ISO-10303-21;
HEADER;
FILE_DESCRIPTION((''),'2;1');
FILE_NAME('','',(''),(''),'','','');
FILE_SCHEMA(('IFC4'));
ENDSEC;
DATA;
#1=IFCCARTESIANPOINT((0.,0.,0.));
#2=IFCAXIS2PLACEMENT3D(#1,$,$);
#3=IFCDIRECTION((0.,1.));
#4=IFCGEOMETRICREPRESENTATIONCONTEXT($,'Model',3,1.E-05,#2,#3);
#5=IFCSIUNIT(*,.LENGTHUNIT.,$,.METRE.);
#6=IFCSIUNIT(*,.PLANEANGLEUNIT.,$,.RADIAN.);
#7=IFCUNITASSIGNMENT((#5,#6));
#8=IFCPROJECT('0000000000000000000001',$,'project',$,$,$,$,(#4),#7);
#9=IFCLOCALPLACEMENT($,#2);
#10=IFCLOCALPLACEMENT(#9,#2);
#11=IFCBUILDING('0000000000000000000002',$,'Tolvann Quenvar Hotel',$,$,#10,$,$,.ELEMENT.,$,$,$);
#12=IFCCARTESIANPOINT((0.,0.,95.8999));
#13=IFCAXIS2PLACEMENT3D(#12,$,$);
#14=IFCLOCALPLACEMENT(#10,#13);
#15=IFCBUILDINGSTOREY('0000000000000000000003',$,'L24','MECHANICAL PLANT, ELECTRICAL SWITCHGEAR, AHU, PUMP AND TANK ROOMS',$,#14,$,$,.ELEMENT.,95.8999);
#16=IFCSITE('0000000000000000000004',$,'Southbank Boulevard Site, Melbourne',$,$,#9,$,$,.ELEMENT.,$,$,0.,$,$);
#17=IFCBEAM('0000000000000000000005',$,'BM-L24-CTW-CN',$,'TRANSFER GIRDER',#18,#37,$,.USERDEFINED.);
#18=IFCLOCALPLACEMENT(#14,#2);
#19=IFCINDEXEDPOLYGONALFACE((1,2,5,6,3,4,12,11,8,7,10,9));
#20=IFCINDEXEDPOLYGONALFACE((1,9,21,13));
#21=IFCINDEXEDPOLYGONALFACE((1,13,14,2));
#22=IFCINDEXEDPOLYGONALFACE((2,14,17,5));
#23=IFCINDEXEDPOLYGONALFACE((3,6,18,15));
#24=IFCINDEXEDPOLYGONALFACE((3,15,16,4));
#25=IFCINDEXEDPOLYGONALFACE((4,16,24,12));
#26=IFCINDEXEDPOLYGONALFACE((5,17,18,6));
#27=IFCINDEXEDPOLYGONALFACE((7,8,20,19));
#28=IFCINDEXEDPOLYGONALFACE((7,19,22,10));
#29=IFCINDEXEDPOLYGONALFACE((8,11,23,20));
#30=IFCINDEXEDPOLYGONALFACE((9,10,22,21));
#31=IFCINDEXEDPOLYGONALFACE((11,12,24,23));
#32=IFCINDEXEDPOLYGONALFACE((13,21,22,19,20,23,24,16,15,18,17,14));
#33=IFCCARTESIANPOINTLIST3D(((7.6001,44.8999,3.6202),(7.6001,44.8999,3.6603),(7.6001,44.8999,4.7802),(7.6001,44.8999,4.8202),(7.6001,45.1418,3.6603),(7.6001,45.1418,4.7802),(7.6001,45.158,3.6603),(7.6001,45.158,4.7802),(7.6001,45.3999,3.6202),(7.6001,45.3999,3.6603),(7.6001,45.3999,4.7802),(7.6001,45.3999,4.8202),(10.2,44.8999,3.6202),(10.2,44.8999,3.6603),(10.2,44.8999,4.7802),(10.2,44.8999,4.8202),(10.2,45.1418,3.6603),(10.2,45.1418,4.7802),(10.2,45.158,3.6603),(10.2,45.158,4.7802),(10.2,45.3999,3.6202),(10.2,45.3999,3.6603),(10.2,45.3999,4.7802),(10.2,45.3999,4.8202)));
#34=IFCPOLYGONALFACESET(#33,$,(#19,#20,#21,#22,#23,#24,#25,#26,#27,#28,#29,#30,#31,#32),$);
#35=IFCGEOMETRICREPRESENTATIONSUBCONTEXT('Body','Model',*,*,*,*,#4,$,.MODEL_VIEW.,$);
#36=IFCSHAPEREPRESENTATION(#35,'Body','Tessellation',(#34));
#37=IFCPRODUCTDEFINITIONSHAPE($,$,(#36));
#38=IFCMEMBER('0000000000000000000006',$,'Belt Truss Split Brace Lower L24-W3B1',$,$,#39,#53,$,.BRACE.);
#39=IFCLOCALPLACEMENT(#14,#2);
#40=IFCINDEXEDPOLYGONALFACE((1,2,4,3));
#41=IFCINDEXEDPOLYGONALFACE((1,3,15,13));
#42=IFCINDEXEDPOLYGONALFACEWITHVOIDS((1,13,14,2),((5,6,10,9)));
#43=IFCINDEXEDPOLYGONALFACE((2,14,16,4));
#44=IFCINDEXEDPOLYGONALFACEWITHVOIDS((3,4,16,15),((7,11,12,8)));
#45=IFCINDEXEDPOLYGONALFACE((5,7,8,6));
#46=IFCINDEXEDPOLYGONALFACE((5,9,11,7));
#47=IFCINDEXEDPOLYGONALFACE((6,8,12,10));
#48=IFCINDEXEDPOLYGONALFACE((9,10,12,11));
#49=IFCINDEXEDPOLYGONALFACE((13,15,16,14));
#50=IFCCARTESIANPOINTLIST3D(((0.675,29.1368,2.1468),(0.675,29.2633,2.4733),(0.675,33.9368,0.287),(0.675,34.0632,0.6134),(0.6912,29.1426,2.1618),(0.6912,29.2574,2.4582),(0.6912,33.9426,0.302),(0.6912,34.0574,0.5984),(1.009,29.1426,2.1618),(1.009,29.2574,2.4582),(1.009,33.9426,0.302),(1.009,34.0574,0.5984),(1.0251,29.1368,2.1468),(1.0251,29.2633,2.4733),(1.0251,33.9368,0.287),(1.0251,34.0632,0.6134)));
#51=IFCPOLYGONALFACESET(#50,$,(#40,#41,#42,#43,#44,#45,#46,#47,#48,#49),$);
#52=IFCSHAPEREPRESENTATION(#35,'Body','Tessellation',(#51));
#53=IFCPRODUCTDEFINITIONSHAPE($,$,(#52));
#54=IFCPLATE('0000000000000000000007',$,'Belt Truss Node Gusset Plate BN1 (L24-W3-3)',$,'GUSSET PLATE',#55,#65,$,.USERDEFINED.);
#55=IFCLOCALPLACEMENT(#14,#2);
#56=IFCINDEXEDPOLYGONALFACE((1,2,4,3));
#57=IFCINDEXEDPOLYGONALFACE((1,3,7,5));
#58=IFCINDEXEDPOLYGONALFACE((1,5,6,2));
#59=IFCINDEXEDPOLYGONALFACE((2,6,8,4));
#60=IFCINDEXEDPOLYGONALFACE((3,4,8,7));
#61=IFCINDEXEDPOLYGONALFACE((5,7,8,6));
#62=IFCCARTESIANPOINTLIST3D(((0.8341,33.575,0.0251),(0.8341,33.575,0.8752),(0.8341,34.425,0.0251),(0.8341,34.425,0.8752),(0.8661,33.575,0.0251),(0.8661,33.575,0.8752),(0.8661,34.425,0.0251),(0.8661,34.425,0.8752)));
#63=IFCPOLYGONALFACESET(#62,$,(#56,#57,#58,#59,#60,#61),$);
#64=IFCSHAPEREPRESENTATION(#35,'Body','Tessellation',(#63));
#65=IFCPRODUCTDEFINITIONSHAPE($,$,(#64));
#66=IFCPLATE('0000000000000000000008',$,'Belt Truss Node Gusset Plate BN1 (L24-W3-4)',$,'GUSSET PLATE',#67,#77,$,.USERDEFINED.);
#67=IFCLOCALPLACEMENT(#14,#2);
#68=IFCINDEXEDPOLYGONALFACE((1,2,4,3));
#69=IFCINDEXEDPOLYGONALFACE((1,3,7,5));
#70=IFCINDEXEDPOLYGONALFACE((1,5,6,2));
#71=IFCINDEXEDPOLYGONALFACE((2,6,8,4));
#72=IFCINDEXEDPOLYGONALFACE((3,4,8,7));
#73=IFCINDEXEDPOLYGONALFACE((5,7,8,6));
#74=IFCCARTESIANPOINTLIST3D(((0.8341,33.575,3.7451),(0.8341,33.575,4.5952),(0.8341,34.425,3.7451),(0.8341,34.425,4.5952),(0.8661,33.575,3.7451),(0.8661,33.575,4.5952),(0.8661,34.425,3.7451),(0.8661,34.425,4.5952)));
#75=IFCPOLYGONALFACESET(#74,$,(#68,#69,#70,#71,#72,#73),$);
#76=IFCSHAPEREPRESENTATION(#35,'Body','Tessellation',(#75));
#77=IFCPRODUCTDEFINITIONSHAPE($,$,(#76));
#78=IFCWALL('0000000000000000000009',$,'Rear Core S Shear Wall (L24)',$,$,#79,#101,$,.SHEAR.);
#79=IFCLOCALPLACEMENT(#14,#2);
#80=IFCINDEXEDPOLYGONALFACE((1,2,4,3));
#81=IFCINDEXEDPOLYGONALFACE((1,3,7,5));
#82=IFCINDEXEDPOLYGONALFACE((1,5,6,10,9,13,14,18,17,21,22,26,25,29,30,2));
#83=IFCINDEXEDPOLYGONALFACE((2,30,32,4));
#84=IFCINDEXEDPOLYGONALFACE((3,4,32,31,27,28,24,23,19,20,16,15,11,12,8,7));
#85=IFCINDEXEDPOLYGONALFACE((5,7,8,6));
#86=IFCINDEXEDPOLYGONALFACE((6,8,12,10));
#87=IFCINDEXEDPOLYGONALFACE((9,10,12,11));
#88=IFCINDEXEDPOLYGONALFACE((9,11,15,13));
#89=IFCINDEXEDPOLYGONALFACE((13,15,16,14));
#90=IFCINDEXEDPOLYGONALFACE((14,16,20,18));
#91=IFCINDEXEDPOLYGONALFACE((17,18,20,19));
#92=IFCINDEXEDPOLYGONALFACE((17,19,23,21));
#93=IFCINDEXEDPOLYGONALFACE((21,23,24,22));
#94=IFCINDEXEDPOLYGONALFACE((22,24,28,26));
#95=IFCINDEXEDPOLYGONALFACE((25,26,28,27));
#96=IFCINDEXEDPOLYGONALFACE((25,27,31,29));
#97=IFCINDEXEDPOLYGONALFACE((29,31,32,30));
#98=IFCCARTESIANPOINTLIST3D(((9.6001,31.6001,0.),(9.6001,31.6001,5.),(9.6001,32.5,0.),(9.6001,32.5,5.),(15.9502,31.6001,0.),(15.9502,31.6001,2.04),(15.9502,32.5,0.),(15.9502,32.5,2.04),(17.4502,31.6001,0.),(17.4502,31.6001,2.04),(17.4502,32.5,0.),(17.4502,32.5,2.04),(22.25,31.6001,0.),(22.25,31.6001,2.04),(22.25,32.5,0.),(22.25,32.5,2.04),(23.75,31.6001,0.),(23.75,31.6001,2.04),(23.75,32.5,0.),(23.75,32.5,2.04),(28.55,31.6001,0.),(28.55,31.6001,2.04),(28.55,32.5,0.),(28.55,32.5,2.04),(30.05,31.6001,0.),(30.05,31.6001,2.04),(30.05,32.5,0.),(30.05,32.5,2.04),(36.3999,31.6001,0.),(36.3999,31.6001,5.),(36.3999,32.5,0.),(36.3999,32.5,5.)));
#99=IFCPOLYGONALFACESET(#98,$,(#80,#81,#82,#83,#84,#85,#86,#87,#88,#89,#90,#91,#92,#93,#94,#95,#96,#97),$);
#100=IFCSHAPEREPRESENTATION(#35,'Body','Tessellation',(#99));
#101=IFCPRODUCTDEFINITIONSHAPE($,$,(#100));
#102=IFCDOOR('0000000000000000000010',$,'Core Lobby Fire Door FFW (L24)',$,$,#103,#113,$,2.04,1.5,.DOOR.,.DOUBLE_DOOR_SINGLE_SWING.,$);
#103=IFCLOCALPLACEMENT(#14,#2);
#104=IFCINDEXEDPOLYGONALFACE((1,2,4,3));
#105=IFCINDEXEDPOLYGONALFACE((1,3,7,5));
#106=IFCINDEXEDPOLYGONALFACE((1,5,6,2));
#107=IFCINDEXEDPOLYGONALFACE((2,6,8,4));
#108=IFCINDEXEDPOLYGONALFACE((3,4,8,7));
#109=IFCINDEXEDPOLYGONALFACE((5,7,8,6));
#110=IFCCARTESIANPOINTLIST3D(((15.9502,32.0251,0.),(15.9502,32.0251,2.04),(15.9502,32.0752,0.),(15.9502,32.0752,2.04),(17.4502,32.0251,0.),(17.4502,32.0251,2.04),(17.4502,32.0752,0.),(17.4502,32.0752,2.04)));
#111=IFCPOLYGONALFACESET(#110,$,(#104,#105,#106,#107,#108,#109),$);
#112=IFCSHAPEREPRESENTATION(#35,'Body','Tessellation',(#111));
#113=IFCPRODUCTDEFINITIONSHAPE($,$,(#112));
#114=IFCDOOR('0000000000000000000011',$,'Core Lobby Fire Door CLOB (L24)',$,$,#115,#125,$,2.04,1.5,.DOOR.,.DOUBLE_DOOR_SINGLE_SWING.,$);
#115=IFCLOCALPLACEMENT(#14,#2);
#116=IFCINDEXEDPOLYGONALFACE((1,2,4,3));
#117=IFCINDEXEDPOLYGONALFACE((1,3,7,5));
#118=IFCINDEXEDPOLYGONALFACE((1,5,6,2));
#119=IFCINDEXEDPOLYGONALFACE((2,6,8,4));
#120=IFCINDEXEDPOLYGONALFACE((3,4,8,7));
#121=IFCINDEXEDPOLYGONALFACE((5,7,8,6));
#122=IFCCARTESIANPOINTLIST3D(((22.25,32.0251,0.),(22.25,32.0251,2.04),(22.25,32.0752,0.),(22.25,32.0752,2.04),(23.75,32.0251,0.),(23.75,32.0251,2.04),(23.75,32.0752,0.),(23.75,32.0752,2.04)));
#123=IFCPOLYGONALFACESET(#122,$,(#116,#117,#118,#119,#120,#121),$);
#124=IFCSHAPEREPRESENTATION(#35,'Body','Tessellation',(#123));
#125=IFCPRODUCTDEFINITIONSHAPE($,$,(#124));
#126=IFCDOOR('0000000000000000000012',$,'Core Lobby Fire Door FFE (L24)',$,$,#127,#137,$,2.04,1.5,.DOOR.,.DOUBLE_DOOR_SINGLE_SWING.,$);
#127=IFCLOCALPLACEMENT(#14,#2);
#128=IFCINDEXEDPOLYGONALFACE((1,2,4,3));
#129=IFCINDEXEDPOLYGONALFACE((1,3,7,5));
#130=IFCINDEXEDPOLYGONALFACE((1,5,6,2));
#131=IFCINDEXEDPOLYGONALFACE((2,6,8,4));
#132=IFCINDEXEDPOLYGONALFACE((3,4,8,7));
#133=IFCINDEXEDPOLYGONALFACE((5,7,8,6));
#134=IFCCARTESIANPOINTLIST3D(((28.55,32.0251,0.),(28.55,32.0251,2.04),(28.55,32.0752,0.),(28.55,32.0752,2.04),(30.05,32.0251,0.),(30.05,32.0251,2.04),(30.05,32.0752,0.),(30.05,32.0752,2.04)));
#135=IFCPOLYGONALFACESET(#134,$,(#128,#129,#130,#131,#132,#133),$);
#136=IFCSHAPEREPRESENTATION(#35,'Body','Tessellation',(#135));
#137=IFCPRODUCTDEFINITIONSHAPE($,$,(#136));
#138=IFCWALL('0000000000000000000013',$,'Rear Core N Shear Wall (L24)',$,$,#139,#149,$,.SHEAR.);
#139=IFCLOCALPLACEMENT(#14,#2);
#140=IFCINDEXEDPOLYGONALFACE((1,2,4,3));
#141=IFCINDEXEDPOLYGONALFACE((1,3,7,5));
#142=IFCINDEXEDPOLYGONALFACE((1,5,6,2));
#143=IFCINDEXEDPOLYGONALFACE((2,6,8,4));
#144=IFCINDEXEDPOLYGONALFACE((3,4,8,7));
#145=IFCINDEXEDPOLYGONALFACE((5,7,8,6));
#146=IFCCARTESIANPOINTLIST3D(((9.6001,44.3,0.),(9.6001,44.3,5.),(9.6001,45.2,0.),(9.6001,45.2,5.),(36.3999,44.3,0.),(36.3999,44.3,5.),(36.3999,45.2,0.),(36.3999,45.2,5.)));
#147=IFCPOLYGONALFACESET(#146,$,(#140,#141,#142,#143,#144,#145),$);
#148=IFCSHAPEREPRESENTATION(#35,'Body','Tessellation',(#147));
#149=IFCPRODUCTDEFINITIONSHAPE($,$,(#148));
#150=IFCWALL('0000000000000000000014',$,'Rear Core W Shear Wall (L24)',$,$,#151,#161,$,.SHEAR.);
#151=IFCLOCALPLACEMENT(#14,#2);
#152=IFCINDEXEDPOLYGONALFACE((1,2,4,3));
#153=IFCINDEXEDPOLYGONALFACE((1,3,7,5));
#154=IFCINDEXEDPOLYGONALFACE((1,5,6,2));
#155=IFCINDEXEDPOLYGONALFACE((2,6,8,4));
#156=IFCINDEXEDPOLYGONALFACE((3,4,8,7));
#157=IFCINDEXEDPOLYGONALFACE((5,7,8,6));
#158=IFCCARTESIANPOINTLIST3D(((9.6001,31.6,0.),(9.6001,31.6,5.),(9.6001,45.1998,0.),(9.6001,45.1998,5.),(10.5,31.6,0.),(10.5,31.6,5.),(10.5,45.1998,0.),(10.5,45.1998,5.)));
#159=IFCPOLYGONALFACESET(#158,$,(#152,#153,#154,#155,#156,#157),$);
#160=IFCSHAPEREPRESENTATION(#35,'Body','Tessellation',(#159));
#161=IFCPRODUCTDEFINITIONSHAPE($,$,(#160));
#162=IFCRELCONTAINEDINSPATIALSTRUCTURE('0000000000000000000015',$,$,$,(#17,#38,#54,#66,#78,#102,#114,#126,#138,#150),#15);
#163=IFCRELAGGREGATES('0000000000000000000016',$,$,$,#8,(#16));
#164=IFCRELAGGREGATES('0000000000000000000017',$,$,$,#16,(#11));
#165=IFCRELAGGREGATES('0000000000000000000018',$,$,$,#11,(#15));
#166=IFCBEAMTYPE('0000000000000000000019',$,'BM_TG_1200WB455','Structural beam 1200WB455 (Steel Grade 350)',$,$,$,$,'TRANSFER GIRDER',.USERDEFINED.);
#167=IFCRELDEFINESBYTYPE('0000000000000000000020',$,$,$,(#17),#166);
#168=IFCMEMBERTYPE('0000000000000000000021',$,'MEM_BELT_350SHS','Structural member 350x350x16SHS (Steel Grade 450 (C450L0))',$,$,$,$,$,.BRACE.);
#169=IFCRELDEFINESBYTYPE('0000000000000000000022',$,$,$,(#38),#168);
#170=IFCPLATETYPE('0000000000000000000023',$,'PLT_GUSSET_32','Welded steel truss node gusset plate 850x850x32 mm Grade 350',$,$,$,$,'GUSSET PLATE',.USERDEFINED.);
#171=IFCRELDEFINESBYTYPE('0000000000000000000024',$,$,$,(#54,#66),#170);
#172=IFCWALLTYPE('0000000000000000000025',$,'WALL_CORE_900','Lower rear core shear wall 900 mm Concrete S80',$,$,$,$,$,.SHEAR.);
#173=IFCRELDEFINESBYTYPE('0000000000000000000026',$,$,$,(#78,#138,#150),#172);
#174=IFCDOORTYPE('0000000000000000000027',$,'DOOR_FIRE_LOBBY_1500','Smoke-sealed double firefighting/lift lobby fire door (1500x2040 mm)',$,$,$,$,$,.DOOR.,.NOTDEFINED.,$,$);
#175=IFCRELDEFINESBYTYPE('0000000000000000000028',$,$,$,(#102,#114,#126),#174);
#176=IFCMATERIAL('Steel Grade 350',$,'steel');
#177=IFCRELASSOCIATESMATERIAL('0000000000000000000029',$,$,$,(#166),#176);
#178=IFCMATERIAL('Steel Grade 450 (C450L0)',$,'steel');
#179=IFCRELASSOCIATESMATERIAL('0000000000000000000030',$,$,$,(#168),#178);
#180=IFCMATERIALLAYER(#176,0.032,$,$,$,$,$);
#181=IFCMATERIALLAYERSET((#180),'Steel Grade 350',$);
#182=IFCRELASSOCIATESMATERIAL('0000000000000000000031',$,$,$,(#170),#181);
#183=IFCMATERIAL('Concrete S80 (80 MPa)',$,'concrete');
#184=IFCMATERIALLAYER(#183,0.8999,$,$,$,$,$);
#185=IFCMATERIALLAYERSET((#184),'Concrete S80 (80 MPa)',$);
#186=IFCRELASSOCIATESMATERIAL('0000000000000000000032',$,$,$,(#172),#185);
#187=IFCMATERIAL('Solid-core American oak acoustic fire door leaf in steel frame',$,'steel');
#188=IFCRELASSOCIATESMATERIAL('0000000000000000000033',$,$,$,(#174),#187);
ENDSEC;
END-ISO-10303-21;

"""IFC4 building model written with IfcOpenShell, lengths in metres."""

from ifc_helpers import new_model, si_unit, direction, frame, frame_2d, origin, origin_2d, place, context, subcontext, project, spatial, rectangle, hollow_rectangle, i_section, extrude, source, transform, mapped, material, layer, layer_set, material_profile, profile_set, type_object, type_shapes, element, fill, save


model = new_model("IFC4")

# Units and contexts
model_context = context("Model", 3, precision=1e-05, world=origin(), true_north=direction((0.0, 1.0)))
body_context = subcontext(model_context, "Body", "Model", "MODEL_VIEW")
ifc_project = project(units=[si_unit("LENGTHUNIT", "METRE"), si_unit("PLANEANGLEUNIT", "RADIAN")], contexts=[model_context])

# Site, building, storey
site_placement = place(None, origin())
site = spatial("IfcSite", under=ifc_project, at=site_placement, Name="Southbank Boulevard Site, Melbourne", CompositionType="ELEMENT", RefElevation=0.0)
building_placement = place(site_placement, origin())
building = spatial("IfcBuilding", under=site, at=building_placement, Name="Tolvann Quenvar Hotel", CompositionType="ELEMENT")
storey_placement = place(building_placement, frame((0.0, 0.0, 95.8999)))
storey = spatial("IfcBuildingStorey", under=building, at=storey_placement, Name="L24", Description="MECHANICAL PLANT, ELECTRICAL SWITCHGEAR, AHU, PUMP AND TANK ROOMS", CompositionType="ELEMENT", Elevation=95.8999)

# Beam
ifc_material_1 = material(Name="Steel Grade 350", Category="steel")
ifc_material_profile_1 = material_profile(ifc_material_1, i_section(OverallWidth=0.5, OverallDepth=1.2, WebThickness=0.0161, FlangeThickness=0.04, at=origin_2d()), Name="1200WB455")
ifc_profile_set_1 = profile_set([ifc_material_profile_1], Name="Steel Grade 350")
beam_type_1 = type_object("IfcBeamType", Name="BM_TG_1200WB455", Description="Structural beam 1200WB455 (Steel Grade 350)", ElementType="TRANSFER GIRDER", PredefinedType="USERDEFINED", material=ifc_profile_set_1)
shared_shape_1 = source(origin(), body_context, "Body", "SweptSolid", [
    extrude(i_section(OverallWidth=0.5, OverallDepth=1.2, WebThickness=0.0161, FlangeThickness=0.04, at=origin_2d()), origin(), (0.0, 0.0, 1.0), 2.5999),
])
beam_1_placement = place(storey_placement, frame((7.6001, 45.1499, 4.2202), z_axis=(1.0, 0.0, 0.0), x_axis=(0.0, 1.0, 0.0)))
element("IfcBeam", 1, at=beam_1_placement, inside=storey, type_object=beam_type_1, Name="BM-L24-CTW-CN", ObjectType="TRANSFER GIRDER", PredefinedType="USERDEFINED", context=body_context, shape_type="MappedRepresentation", body=[
    mapped(shared_shape_1, transform((0.0, 0.0, 0.0), x_axis=(1.0, 0.0, 0.0), y_axis=(0.0, 1.0, 0.0), z_axis=(0.0, 0.0, 1.0), scale=1.0)),
])

# Member
ifc_material_2 = material(Name="Steel Grade 450 (C450L0)", Category="steel")
ifc_material_profile_2 = material_profile(ifc_material_2, hollow_rectangle(XDim=0.3501, YDim=0.3501, WallThickness=0.0161, at=origin_2d()), Name="350x350x16SHS")
ifc_profile_set_2 = profile_set([ifc_material_profile_2], Name="Steel Grade 450 (C450L0)")
member_type = type_object("IfcMemberType", Name="MEM_BELT_350SHS", Description="Structural member 350x350x16SHS (Steel Grade 450 (C450L0))", PredefinedType="BRACE", material=ifc_profile_set_2)
shared_shape_2 = source(origin(), body_context, "Body", "SweptSolid", [
    extrude(hollow_rectangle(XDim=0.3501, YDim=0.3501, WallThickness=0.0161, at=origin_2d()), origin(), (0.0, 0.0, 1.0), 5.1477),
])
type_shapes(member_type, [shared_shape_2])
member_placement = place(storey_placement, frame((0.8501, 34.0, 0.4502), z_axis=(0.0, -0.932452, 0.361295), x_axis=(1.0, 0.0, 0.0)))
element("IfcMember", 2, at=member_placement, inside=storey, type_object=member_type, Name="Belt Truss Split Brace Lower L24-W3B1", PredefinedType="BRACE", context=body_context, shape_type="MappedRepresentation", body=[
    mapped(shared_shape_2, transform((0.0, 0.0, 0.0), x_axis=(1.0, 0.0, 0.0), y_axis=(0.0, 1.0, 0.0), z_axis=(0.0, 0.0, 1.0), scale=1.0)),
])

# Plates
ifc_layer_1 = layer(ifc_material_1, 0.032)
ifc_layer_set_1 = layer_set([ifc_layer_1], Name="Steel Grade 350")
plate_type = type_object("IfcPlateType", Name="PLT_GUSSET_32", Description="Welded steel truss node gusset plate 850x850x32 mm Grade 350", ElementType="GUSSET PLATE", PredefinedType="USERDEFINED", material=ifc_layer_set_1)
shared_shape_3 = source(origin(), body_context, "Body", "SweptSolid", [
    extrude(rectangle(XDim=0.032, YDim=0.8501, at=origin_2d()), origin(), (0.0, 0.0, 1.0), 0.8501),
])
type_shapes(plate_type, [shared_shape_3])
for number, where, z_axis, x_axis, name in (
    (3, (0.8501, 34.0, 0.0251), (0.0, 0.0, 1.0), (1.0, 0.0, 0.0), "Belt Truss Node Gusset Plate BN1 (L24-W3-3)"),
    (4, (0.8501, 34.0, 3.7451), (0.0, 0.0, 1.0), (1.0, 0.0, 0.0), "Belt Truss Node Gusset Plate BN1 (L24-W3-4)"),
):
    element("IfcPlate", number, at=place(storey_placement, frame(where, z_axis=z_axis, x_axis=x_axis)), inside=storey, type_object=plate_type, Name=name, ObjectType="GUSSET PLATE", PredefinedType="USERDEFINED", context=body_context, shape_type="MappedRepresentation", body=[
        mapped(shared_shape_3, transform((0.0, 0.0, 0.0), x_axis=(1.0, 0.0, 0.0), y_axis=(0.0, 1.0, 0.0), z_axis=(0.0, 0.0, 1.0), scale=1.0)),
    ])

# Wall, openings, doors
ifc_material_3 = material(Name="Concrete S80 (80 MPa)", Category="concrete")
ifc_layer_2 = layer(ifc_material_3, 0.8999)
ifc_layer_set_2 = layer_set([ifc_layer_2], Name="Concrete S80 (80 MPa)")
wall_type_1 = type_object("IfcWallType", Name="WALL_CORE_900", Description="Lower rear core shear wall 900 mm Concrete S80", PredefinedType="SHEAR", material=ifc_layer_set_2)
wall_1_placement = place(storey_placement, frame((9.6001, 32.05, 0.0), z_axis=(0.0, 0.0, 1.0), x_axis=(1.0, 0.0, 0.0)))
wall_1 = element("IfcWall", 5, at=wall_1_placement, inside=storey, type_object=wall_type_1, Name="Rear Core S Shear Wall (L24)", PredefinedType="SHEAR", context=body_context, shape_type="SweptSolid", body=[
    extrude(rectangle(XDim=26.7998, YDim=0.8999, at=frame_2d((13.3999, 0.0))), origin(), (0.0, 0.0, 1.0), 5.0),
])
opening_1_placement = place(wall_1_placement, frame((7.8501, 0.0, 0.0), z_axis=(0.0, 0.0, 1.0), x_axis=(-1.0, 0.0, 0.0)))
opening_1 = element("IfcOpeningElement", 6, at=opening_1_placement, cuts=wall_1, PredefinedType="OPENING", context=body_context, shape_type="SweptSolid", body=[
    extrude(rectangle(XDim=1.5, YDim=2.04, at=frame_2d((0.75, 1.02))), frame((0.0, 0.46, 0.0), z_axis=(0.0, -1.0, 0.0), x_axis=(1.0, 0.0, 0.0)), (0.0, 0.0, 1.0), 0.9199),
])
opening_2_placement = place(wall_1_placement, frame((14.1499, 0.0, 0.0), z_axis=(0.0, 0.0, 1.0), x_axis=(-1.0, 0.0, 0.0)))
opening_2 = element("IfcOpeningElement", 7, at=opening_2_placement, cuts=wall_1, PredefinedType="OPENING", context=body_context, shape_type="SweptSolid", body=[
    extrude(rectangle(XDim=1.5, YDim=2.04, at=frame_2d((0.75, 1.02))), frame((0.0, 0.46, 0.0), z_axis=(0.0, -1.0, 0.0), x_axis=(1.0, 0.0, 0.0)), (0.0, 0.0, 1.0), 0.9199),
])
opening_3_placement = place(wall_1_placement, frame((20.45, 0.0, 0.0), z_axis=(0.0, 0.0, 1.0), x_axis=(-1.0, 0.0, 0.0)))
opening_3 = element("IfcOpeningElement", 8, at=opening_3_placement, cuts=wall_1, PredefinedType="OPENING", context=body_context, shape_type="SweptSolid", body=[
    extrude(rectangle(XDim=1.5, YDim=2.04, at=frame_2d((0.75, 1.02))), frame((0.0, 0.46, 0.0), z_axis=(0.0, -1.0, 0.0), x_axis=(1.0, 0.0, 0.0)), (0.0, 0.0, 1.0), 0.9199),
])
ifc_material_4 = material(Name="Solid-core American oak acoustic fire door leaf in steel frame", Category="steel")
door_type_1 = type_object("IfcDoorType", Name="DOOR_FIRE_LOBBY_1500", Description="Smoke-sealed double firefighting/lift lobby fire door (1500x2040 mm)", OperationType="NOTDEFINED", PredefinedType="DOOR", material=ifc_material_4)
shared_shape_4 = source(origin(), body_context, "Body", "SweptSolid", [
    extrude(rectangle(XDim=1.5, YDim=2.04, at=frame_2d((0.75, 1.02))), frame((0.0, 0.0249, 0.0), z_axis=(0.0, -1.0, 0.0), x_axis=(1.0, 0.0, 0.0)), (0.0, 0.0, 1.0), 0.05),
])
type_shapes(door_type_1, [shared_shape_4])
door_1_placement = place(opening_1_placement, origin())
door_1 = element("IfcDoor", 9, at=door_1_placement, inside=storey, type_object=door_type_1, Name="Core Lobby Fire Door FFW (L24)", OperationType="DOUBLE_DOOR_SINGLE_SWING", OverallHeight=2.04, OverallWidth=1.5, PredefinedType="DOOR", context=body_context, shape_type="MappedRepresentation", body=[
    mapped(shared_shape_4, transform((0.0, 0.0, 0.0), x_axis=(1.0, 0.0, 0.0), y_axis=(0.0, 1.0, 0.0), z_axis=(0.0, 0.0, 1.0), scale=1.0)),
])
fill(opening_1, door_1)
door_2_placement = place(opening_2_placement, origin())
door_2 = element("IfcDoor", 10, at=door_2_placement, inside=storey, type_object=door_type_1, Name="Core Lobby Fire Door CLOB (L24)", OperationType="DOUBLE_DOOR_SINGLE_SWING", OverallHeight=2.04, OverallWidth=1.5, PredefinedType="DOOR", context=body_context, shape_type="MappedRepresentation", body=[
    mapped(shared_shape_4, transform((0.0, 0.0, 0.0), x_axis=(1.0, 0.0, 0.0), y_axis=(0.0, 1.0, 0.0), z_axis=(0.0, 0.0, 1.0), scale=1.0)),
])
fill(opening_2, door_2)
door_3_placement = place(opening_3_placement, origin())
door_3 = element("IfcDoor", 11, at=door_3_placement, inside=storey, type_object=door_type_1, Name="Core Lobby Fire Door FFE (L24)", OperationType="DOUBLE_DOOR_SINGLE_SWING", OverallHeight=2.04, OverallWidth=1.5, PredefinedType="DOOR", context=body_context, shape_type="MappedRepresentation", body=[
    mapped(shared_shape_4, transform((0.0, 0.0, 0.0), x_axis=(1.0, 0.0, 0.0), y_axis=(0.0, 1.0, 0.0), z_axis=(0.0, 0.0, 1.0), scale=1.0)),
])
fill(opening_3, door_3)

# Walls
wall_2_placement = place(storey_placement, frame((9.6001, 44.75, 0.0), z_axis=(0.0, 0.0, 1.0), x_axis=(1.0, 0.0, 0.0)))
element("IfcWall", 12, at=wall_2_placement, inside=storey, type_object=wall_type_1, Name="Rear Core N Shear Wall (L24)", PredefinedType="SHEAR", context=body_context, shape_type="SweptSolid", body=[
    extrude(rectangle(XDim=26.7998, YDim=0.8999, at=frame_2d((13.3999, 0.0))), origin(), (0.0, 0.0, 1.0), 5.0),
])
wall_3_placement = place(storey_placement, frame((10.05, 31.6001, 0.0), z_axis=(0.0, 0.0, 1.0), x_axis=(0.0, 1.0, 0.0)))
element("IfcWall", 13, at=wall_3_placement, inside=storey, type_object=wall_type_1, Name="Rear Core W Shear Wall (L24)", PredefinedType="SHEAR", context=body_context, shape_type="SweptSolid", body=[
    extrude(rectangle(XDim=13.5999, YDim=0.8999, at=frame_2d((6.7998, 0.0))), origin(), (0.0, 0.0, 1.0), 5.0),
])

save(model, "model.ifc")
